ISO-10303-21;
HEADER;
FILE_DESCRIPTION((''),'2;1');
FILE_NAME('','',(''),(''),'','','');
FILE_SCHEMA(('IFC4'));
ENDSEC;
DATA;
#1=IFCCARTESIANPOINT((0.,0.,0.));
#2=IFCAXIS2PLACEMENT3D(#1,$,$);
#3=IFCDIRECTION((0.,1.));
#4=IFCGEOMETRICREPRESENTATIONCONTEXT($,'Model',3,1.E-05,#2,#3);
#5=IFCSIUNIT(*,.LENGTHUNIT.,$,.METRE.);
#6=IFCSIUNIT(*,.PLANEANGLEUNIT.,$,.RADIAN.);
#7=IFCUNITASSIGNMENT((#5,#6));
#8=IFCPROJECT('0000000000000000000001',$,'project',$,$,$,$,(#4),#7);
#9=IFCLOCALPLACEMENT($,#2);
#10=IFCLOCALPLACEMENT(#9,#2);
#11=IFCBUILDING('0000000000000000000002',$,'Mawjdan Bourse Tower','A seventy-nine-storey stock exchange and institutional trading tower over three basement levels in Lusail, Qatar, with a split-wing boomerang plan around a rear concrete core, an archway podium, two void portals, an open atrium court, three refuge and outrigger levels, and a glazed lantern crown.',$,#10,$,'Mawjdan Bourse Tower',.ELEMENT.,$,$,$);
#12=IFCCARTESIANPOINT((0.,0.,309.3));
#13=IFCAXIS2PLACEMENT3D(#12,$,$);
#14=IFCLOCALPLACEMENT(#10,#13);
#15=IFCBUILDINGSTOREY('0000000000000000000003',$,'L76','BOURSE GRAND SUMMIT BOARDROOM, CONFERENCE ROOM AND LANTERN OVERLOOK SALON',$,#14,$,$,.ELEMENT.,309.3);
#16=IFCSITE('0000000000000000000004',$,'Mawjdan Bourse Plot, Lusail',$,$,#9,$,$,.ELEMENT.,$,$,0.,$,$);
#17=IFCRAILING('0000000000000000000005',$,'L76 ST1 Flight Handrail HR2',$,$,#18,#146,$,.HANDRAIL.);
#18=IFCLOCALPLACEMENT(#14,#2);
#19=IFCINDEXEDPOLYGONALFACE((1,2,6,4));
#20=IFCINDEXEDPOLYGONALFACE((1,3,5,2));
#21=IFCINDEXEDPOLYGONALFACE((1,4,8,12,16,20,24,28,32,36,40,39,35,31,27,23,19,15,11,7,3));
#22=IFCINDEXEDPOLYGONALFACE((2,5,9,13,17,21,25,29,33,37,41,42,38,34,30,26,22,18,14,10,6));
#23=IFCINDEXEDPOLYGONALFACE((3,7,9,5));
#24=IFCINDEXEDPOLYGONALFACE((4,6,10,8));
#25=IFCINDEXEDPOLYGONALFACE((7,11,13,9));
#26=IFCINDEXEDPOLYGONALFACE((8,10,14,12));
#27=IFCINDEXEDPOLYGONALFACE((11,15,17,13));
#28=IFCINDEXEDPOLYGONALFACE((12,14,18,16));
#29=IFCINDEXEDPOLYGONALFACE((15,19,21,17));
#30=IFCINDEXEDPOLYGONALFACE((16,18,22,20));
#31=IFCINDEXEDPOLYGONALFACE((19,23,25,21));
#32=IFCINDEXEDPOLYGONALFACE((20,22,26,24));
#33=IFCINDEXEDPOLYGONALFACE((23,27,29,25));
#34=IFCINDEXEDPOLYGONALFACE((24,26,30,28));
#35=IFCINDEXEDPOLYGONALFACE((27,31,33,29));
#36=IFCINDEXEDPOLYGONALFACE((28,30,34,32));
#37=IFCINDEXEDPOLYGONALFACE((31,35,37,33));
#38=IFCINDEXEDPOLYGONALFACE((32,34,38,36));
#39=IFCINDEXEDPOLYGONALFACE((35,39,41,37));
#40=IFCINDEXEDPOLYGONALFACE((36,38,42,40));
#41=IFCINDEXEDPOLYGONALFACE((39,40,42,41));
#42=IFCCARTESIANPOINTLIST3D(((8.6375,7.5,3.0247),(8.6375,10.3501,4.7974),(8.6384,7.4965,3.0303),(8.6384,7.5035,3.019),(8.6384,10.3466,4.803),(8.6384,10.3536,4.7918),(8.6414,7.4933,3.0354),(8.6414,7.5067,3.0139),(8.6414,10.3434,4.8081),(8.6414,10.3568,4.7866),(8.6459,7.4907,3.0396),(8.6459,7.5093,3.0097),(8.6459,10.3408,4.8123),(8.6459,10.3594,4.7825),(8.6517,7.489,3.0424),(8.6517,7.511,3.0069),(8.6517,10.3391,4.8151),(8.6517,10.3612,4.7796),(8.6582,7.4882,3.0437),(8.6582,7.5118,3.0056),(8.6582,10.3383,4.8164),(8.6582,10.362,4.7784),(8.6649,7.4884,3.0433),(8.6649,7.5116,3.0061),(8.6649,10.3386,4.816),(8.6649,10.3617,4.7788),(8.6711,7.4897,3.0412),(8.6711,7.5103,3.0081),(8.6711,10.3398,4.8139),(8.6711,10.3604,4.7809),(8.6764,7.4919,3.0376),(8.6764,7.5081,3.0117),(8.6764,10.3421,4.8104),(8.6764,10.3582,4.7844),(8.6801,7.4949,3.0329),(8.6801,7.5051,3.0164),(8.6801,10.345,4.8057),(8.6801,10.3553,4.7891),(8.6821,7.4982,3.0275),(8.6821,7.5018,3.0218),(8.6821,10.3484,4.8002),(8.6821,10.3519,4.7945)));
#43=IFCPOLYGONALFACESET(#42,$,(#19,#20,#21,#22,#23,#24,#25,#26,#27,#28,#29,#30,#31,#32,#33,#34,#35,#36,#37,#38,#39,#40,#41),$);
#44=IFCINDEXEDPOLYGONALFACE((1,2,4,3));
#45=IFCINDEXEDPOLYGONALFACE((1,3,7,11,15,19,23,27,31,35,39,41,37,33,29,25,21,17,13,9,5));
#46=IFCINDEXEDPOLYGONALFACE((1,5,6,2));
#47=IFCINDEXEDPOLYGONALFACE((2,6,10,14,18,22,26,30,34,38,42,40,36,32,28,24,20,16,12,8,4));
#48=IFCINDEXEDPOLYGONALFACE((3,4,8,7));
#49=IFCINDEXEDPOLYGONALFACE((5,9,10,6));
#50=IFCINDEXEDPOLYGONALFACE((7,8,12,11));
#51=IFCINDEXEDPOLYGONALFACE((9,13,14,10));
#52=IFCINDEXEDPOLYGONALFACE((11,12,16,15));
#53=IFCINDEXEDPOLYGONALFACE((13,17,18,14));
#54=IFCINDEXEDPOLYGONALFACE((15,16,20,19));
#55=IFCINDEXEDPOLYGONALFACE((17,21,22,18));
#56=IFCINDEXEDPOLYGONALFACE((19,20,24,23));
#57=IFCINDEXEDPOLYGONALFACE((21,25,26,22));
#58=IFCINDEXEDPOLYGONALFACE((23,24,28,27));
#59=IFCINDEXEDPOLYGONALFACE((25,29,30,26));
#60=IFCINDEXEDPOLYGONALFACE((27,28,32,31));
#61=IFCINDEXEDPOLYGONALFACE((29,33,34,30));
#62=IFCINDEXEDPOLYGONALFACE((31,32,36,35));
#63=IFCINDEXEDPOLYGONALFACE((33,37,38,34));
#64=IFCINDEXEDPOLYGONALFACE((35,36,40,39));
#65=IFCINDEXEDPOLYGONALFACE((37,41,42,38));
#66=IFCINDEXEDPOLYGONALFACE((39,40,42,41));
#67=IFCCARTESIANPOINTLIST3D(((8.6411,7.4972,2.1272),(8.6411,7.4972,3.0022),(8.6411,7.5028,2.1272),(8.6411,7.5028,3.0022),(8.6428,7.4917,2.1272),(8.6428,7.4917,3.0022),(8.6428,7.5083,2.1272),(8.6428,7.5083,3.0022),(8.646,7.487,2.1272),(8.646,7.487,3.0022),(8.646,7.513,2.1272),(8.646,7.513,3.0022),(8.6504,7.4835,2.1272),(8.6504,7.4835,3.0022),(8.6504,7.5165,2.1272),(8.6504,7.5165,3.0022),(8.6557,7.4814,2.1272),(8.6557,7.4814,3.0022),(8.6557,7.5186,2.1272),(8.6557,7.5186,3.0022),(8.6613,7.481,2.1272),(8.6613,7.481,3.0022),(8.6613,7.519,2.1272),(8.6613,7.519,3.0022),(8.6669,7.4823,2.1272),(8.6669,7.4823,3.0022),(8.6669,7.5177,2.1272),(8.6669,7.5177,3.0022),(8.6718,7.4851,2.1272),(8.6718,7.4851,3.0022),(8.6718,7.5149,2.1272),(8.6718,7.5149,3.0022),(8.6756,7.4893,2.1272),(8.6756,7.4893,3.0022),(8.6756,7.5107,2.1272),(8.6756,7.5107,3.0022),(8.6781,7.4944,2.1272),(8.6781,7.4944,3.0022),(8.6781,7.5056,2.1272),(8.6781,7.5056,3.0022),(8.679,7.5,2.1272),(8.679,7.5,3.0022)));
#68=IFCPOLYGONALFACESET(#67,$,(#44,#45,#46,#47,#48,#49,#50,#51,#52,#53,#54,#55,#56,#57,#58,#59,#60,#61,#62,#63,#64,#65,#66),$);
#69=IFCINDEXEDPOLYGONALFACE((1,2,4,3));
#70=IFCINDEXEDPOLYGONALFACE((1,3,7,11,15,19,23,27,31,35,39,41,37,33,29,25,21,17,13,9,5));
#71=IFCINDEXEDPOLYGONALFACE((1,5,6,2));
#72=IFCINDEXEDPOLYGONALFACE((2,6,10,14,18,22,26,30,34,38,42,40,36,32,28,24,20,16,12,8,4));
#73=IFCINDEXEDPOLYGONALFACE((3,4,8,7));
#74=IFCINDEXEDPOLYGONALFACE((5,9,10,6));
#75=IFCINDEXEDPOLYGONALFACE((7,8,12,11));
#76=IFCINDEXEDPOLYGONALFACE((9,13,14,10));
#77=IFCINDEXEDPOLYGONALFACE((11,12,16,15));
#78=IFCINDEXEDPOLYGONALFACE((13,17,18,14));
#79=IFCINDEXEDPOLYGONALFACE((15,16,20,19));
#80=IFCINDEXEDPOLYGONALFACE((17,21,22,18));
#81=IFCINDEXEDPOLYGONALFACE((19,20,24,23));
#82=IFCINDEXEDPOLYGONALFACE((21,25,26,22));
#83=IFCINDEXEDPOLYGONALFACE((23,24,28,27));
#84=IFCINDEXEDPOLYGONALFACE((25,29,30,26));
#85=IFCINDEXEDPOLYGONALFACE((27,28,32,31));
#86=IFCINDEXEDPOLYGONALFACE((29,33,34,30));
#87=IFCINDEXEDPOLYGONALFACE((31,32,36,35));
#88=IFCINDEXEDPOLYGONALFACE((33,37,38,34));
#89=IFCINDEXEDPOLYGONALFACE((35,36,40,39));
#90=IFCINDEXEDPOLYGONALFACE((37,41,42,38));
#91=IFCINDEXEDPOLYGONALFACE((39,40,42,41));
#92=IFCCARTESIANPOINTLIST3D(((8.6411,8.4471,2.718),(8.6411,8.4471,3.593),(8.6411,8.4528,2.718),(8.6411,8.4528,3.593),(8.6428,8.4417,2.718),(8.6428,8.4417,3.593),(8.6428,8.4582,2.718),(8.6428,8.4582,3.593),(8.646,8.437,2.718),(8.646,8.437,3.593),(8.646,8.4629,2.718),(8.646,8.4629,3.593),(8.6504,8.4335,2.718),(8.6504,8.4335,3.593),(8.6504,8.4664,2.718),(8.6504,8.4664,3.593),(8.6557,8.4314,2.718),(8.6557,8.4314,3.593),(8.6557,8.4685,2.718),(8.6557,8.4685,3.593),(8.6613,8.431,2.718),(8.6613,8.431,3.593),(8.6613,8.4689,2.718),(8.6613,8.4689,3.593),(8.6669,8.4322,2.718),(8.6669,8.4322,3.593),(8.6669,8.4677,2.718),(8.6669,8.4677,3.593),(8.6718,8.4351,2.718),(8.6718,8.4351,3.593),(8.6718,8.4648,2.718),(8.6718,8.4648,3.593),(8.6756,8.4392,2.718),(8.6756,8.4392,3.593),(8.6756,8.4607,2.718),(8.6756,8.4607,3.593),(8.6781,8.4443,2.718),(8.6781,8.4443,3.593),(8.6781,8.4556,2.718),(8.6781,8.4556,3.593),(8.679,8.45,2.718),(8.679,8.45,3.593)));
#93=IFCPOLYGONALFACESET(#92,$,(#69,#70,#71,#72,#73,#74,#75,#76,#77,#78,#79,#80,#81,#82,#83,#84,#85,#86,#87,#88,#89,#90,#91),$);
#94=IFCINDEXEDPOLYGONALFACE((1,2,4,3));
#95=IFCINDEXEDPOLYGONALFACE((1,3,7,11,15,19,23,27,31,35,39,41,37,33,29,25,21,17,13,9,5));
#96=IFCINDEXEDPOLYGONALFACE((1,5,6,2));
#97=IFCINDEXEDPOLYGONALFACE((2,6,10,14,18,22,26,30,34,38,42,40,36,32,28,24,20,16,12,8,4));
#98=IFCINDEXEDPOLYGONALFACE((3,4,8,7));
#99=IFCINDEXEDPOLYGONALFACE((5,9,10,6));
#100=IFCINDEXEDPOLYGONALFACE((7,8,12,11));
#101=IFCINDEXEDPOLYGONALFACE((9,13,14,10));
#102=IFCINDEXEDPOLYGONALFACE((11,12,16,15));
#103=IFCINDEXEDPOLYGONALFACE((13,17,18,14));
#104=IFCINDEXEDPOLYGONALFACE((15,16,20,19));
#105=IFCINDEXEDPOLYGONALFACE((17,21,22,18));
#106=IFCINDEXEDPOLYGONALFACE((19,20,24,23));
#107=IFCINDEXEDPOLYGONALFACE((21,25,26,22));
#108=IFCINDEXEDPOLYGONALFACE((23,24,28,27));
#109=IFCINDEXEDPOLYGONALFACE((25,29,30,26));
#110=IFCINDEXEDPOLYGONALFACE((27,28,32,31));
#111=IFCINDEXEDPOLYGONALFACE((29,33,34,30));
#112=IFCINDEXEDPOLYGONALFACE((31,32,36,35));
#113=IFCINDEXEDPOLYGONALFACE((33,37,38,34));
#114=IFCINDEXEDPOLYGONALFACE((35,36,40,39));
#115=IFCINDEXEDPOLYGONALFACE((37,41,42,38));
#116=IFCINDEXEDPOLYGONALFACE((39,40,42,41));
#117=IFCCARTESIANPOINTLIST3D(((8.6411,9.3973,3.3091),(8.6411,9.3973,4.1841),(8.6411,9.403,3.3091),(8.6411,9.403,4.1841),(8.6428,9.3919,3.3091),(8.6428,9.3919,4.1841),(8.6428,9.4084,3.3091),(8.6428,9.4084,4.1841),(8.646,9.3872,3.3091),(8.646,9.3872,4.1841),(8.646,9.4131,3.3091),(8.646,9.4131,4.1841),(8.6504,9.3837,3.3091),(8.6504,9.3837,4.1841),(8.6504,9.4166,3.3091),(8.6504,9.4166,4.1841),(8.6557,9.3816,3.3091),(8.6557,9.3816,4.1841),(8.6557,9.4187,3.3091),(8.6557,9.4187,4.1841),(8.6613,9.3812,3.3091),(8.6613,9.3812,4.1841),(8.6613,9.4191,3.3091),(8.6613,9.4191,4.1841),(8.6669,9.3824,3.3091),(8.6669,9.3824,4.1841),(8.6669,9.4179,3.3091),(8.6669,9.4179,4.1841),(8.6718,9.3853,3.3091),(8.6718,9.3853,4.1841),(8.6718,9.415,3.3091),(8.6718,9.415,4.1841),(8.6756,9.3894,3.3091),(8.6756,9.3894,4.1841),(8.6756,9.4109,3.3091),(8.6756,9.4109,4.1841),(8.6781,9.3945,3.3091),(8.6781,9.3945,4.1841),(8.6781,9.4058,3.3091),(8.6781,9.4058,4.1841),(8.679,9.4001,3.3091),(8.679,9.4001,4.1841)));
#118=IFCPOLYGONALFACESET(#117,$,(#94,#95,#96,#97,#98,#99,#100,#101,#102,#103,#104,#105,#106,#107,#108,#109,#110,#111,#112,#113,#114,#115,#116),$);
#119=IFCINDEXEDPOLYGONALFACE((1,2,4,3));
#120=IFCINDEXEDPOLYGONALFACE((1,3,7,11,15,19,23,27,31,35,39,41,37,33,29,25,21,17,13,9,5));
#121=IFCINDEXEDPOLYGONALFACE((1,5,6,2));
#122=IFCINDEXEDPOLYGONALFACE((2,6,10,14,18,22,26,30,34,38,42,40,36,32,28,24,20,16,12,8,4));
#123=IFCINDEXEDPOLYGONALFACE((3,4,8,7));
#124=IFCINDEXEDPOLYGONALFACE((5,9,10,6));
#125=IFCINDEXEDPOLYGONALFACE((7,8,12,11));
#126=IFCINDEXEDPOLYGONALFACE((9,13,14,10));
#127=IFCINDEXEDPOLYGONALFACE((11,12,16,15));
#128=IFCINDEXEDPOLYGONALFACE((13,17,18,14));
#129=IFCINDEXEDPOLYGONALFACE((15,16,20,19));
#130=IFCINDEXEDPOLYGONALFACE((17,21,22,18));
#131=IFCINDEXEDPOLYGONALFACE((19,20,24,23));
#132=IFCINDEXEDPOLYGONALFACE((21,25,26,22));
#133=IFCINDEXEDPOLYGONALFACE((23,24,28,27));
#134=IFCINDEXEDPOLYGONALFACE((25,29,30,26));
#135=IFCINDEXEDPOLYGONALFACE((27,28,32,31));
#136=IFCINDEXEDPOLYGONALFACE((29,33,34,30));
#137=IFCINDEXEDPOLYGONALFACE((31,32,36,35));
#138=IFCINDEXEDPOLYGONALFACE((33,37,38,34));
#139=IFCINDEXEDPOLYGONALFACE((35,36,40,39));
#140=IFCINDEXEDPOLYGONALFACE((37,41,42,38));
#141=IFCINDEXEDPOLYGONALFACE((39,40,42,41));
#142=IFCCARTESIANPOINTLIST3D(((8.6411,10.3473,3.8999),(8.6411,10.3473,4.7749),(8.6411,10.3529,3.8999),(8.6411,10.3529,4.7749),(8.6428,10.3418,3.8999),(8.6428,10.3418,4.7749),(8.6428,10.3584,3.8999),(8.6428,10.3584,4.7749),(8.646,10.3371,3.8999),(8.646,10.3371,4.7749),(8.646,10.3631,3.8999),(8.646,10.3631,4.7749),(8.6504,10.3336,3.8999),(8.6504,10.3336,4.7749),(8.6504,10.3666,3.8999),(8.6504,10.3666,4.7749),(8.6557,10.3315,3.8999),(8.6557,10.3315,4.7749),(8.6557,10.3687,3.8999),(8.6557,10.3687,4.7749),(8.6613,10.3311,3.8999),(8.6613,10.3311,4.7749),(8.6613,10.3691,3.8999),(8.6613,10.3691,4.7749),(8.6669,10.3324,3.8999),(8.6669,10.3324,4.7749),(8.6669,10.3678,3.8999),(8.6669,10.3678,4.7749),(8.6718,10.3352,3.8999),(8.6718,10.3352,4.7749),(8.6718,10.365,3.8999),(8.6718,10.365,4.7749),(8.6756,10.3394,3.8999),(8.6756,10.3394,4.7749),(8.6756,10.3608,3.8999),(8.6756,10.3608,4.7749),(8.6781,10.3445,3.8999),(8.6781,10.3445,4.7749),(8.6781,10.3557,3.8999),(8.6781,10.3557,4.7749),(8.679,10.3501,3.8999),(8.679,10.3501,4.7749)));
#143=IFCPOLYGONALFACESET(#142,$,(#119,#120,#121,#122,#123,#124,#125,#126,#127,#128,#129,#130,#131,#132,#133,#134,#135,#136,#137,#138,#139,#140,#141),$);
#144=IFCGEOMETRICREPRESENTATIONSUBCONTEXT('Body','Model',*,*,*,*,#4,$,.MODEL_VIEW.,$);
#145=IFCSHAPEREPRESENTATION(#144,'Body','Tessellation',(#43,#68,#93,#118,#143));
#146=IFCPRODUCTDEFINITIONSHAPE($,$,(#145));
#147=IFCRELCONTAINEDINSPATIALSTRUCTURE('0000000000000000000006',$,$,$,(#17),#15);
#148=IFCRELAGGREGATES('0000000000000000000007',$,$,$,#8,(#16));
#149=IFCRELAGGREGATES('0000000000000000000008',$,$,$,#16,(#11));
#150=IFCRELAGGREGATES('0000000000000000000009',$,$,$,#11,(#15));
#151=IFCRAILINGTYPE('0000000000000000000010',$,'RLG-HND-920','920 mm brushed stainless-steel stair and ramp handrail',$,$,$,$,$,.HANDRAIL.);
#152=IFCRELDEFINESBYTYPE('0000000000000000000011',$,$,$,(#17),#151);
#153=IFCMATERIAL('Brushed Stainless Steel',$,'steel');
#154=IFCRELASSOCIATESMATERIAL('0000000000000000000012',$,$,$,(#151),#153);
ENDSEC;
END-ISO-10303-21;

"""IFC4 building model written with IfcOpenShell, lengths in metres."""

from ifc_helpers import new_model, si_unit, direction, frame, origin, origin_2d, place, context, subcontext, project, spatial, circle, extrude, material, type_object, element, save


model = new_model("IFC4")

# Units and contexts
model_context = context("Model", 3, precision=1e-05, world=origin(), true_north=direction((0.0, 1.0)))
body_context = subcontext(model_context, "Body", "Model", "MODEL_VIEW")
ifc_project = project(units=[si_unit("LENGTHUNIT", "METRE"), si_unit("PLANEANGLEUNIT", "RADIAN")], contexts=[model_context])

# Site, building, storey
site_placement = place(None, origin())
site = spatial("IfcSite", under=ifc_project, at=site_placement, Name="Mawjdan Bourse Plot, Lusail", CompositionType="ELEMENT", RefElevation=0.0)
building_placement = place(site_placement, origin())
building = spatial("IfcBuilding", under=site, at=building_placement, Name="Mawjdan Bourse Tower", Description="A seventy-nine-storey stock exchange and institutional trading tower over three basement levels in Lusail, Qatar, with a split-wing boomerang plan around a rear concrete core, an archway podium, two void portals, an open atrium court, three refuge and outrigger levels, and a glazed lantern crown.", LongName="Mawjdan Bourse Tower", CompositionType="ELEMENT")
storey_placement = place(building_placement, frame((0.0, 0.0, 309.3)))
storey = spatial("IfcBuildingStorey", under=building, at=storey_placement, Name="L76", Description="BOURSE GRAND SUMMIT BOARDROOM, CONFERENCE ROOM AND LANTERN OVERLOOK SALON", CompositionType="ELEMENT", Elevation=309.3)

# Railing
ifc_material_1 = material(Name="Brushed Stainless Steel", Category="steel")
railing_type_1 = type_object("IfcRailingType", Name="RLG-HND-920", Description="920 mm brushed stainless-steel stair and ramp handrail", PredefinedType="HANDRAIL", material=ifc_material_1)
railing_1_placement = place(storey_placement, frame((8.6599, 7.5, 2.1272)))
element("IfcRailing", 1, at=railing_1_placement, inside=storey, type_object=railing_type_1, Name="L76 ST1 Flight Handrail HR2", PredefinedType="HANDRAIL", context=body_context, shape_type="SweptSolid", body=[
    extrude(circle(Radius=0.0225, at=origin_2d()), frame((0.0, 0.0, 0.8975), z_axis=(0.0, 0.849149, 0.528154), x_axis=(-1.0, 0.0, 0.0)), (0.0, 0.0, 1.0), 3.3564),
    extrude(circle(Radius=0.019, at=origin_2d()), origin(), (0.0, 0.0, 1.0), 0.875),
    extrude(circle(Radius=0.019, at=origin_2d()), frame((0.0, 0.95, 0.5908)), (0.0, 0.0, 1.0), 0.875),
    extrude(circle(Radius=0.019, at=origin_2d()), frame((0.0, 1.9001, 1.1819)), (0.0, 0.0, 1.0), 0.875),
    extrude(circle(Radius=0.019, at=origin_2d()), frame((0.0, 2.8501, 1.7727)), (0.0, 0.0, 1.0), 0.875),
])

save(model, "model.ifc")
